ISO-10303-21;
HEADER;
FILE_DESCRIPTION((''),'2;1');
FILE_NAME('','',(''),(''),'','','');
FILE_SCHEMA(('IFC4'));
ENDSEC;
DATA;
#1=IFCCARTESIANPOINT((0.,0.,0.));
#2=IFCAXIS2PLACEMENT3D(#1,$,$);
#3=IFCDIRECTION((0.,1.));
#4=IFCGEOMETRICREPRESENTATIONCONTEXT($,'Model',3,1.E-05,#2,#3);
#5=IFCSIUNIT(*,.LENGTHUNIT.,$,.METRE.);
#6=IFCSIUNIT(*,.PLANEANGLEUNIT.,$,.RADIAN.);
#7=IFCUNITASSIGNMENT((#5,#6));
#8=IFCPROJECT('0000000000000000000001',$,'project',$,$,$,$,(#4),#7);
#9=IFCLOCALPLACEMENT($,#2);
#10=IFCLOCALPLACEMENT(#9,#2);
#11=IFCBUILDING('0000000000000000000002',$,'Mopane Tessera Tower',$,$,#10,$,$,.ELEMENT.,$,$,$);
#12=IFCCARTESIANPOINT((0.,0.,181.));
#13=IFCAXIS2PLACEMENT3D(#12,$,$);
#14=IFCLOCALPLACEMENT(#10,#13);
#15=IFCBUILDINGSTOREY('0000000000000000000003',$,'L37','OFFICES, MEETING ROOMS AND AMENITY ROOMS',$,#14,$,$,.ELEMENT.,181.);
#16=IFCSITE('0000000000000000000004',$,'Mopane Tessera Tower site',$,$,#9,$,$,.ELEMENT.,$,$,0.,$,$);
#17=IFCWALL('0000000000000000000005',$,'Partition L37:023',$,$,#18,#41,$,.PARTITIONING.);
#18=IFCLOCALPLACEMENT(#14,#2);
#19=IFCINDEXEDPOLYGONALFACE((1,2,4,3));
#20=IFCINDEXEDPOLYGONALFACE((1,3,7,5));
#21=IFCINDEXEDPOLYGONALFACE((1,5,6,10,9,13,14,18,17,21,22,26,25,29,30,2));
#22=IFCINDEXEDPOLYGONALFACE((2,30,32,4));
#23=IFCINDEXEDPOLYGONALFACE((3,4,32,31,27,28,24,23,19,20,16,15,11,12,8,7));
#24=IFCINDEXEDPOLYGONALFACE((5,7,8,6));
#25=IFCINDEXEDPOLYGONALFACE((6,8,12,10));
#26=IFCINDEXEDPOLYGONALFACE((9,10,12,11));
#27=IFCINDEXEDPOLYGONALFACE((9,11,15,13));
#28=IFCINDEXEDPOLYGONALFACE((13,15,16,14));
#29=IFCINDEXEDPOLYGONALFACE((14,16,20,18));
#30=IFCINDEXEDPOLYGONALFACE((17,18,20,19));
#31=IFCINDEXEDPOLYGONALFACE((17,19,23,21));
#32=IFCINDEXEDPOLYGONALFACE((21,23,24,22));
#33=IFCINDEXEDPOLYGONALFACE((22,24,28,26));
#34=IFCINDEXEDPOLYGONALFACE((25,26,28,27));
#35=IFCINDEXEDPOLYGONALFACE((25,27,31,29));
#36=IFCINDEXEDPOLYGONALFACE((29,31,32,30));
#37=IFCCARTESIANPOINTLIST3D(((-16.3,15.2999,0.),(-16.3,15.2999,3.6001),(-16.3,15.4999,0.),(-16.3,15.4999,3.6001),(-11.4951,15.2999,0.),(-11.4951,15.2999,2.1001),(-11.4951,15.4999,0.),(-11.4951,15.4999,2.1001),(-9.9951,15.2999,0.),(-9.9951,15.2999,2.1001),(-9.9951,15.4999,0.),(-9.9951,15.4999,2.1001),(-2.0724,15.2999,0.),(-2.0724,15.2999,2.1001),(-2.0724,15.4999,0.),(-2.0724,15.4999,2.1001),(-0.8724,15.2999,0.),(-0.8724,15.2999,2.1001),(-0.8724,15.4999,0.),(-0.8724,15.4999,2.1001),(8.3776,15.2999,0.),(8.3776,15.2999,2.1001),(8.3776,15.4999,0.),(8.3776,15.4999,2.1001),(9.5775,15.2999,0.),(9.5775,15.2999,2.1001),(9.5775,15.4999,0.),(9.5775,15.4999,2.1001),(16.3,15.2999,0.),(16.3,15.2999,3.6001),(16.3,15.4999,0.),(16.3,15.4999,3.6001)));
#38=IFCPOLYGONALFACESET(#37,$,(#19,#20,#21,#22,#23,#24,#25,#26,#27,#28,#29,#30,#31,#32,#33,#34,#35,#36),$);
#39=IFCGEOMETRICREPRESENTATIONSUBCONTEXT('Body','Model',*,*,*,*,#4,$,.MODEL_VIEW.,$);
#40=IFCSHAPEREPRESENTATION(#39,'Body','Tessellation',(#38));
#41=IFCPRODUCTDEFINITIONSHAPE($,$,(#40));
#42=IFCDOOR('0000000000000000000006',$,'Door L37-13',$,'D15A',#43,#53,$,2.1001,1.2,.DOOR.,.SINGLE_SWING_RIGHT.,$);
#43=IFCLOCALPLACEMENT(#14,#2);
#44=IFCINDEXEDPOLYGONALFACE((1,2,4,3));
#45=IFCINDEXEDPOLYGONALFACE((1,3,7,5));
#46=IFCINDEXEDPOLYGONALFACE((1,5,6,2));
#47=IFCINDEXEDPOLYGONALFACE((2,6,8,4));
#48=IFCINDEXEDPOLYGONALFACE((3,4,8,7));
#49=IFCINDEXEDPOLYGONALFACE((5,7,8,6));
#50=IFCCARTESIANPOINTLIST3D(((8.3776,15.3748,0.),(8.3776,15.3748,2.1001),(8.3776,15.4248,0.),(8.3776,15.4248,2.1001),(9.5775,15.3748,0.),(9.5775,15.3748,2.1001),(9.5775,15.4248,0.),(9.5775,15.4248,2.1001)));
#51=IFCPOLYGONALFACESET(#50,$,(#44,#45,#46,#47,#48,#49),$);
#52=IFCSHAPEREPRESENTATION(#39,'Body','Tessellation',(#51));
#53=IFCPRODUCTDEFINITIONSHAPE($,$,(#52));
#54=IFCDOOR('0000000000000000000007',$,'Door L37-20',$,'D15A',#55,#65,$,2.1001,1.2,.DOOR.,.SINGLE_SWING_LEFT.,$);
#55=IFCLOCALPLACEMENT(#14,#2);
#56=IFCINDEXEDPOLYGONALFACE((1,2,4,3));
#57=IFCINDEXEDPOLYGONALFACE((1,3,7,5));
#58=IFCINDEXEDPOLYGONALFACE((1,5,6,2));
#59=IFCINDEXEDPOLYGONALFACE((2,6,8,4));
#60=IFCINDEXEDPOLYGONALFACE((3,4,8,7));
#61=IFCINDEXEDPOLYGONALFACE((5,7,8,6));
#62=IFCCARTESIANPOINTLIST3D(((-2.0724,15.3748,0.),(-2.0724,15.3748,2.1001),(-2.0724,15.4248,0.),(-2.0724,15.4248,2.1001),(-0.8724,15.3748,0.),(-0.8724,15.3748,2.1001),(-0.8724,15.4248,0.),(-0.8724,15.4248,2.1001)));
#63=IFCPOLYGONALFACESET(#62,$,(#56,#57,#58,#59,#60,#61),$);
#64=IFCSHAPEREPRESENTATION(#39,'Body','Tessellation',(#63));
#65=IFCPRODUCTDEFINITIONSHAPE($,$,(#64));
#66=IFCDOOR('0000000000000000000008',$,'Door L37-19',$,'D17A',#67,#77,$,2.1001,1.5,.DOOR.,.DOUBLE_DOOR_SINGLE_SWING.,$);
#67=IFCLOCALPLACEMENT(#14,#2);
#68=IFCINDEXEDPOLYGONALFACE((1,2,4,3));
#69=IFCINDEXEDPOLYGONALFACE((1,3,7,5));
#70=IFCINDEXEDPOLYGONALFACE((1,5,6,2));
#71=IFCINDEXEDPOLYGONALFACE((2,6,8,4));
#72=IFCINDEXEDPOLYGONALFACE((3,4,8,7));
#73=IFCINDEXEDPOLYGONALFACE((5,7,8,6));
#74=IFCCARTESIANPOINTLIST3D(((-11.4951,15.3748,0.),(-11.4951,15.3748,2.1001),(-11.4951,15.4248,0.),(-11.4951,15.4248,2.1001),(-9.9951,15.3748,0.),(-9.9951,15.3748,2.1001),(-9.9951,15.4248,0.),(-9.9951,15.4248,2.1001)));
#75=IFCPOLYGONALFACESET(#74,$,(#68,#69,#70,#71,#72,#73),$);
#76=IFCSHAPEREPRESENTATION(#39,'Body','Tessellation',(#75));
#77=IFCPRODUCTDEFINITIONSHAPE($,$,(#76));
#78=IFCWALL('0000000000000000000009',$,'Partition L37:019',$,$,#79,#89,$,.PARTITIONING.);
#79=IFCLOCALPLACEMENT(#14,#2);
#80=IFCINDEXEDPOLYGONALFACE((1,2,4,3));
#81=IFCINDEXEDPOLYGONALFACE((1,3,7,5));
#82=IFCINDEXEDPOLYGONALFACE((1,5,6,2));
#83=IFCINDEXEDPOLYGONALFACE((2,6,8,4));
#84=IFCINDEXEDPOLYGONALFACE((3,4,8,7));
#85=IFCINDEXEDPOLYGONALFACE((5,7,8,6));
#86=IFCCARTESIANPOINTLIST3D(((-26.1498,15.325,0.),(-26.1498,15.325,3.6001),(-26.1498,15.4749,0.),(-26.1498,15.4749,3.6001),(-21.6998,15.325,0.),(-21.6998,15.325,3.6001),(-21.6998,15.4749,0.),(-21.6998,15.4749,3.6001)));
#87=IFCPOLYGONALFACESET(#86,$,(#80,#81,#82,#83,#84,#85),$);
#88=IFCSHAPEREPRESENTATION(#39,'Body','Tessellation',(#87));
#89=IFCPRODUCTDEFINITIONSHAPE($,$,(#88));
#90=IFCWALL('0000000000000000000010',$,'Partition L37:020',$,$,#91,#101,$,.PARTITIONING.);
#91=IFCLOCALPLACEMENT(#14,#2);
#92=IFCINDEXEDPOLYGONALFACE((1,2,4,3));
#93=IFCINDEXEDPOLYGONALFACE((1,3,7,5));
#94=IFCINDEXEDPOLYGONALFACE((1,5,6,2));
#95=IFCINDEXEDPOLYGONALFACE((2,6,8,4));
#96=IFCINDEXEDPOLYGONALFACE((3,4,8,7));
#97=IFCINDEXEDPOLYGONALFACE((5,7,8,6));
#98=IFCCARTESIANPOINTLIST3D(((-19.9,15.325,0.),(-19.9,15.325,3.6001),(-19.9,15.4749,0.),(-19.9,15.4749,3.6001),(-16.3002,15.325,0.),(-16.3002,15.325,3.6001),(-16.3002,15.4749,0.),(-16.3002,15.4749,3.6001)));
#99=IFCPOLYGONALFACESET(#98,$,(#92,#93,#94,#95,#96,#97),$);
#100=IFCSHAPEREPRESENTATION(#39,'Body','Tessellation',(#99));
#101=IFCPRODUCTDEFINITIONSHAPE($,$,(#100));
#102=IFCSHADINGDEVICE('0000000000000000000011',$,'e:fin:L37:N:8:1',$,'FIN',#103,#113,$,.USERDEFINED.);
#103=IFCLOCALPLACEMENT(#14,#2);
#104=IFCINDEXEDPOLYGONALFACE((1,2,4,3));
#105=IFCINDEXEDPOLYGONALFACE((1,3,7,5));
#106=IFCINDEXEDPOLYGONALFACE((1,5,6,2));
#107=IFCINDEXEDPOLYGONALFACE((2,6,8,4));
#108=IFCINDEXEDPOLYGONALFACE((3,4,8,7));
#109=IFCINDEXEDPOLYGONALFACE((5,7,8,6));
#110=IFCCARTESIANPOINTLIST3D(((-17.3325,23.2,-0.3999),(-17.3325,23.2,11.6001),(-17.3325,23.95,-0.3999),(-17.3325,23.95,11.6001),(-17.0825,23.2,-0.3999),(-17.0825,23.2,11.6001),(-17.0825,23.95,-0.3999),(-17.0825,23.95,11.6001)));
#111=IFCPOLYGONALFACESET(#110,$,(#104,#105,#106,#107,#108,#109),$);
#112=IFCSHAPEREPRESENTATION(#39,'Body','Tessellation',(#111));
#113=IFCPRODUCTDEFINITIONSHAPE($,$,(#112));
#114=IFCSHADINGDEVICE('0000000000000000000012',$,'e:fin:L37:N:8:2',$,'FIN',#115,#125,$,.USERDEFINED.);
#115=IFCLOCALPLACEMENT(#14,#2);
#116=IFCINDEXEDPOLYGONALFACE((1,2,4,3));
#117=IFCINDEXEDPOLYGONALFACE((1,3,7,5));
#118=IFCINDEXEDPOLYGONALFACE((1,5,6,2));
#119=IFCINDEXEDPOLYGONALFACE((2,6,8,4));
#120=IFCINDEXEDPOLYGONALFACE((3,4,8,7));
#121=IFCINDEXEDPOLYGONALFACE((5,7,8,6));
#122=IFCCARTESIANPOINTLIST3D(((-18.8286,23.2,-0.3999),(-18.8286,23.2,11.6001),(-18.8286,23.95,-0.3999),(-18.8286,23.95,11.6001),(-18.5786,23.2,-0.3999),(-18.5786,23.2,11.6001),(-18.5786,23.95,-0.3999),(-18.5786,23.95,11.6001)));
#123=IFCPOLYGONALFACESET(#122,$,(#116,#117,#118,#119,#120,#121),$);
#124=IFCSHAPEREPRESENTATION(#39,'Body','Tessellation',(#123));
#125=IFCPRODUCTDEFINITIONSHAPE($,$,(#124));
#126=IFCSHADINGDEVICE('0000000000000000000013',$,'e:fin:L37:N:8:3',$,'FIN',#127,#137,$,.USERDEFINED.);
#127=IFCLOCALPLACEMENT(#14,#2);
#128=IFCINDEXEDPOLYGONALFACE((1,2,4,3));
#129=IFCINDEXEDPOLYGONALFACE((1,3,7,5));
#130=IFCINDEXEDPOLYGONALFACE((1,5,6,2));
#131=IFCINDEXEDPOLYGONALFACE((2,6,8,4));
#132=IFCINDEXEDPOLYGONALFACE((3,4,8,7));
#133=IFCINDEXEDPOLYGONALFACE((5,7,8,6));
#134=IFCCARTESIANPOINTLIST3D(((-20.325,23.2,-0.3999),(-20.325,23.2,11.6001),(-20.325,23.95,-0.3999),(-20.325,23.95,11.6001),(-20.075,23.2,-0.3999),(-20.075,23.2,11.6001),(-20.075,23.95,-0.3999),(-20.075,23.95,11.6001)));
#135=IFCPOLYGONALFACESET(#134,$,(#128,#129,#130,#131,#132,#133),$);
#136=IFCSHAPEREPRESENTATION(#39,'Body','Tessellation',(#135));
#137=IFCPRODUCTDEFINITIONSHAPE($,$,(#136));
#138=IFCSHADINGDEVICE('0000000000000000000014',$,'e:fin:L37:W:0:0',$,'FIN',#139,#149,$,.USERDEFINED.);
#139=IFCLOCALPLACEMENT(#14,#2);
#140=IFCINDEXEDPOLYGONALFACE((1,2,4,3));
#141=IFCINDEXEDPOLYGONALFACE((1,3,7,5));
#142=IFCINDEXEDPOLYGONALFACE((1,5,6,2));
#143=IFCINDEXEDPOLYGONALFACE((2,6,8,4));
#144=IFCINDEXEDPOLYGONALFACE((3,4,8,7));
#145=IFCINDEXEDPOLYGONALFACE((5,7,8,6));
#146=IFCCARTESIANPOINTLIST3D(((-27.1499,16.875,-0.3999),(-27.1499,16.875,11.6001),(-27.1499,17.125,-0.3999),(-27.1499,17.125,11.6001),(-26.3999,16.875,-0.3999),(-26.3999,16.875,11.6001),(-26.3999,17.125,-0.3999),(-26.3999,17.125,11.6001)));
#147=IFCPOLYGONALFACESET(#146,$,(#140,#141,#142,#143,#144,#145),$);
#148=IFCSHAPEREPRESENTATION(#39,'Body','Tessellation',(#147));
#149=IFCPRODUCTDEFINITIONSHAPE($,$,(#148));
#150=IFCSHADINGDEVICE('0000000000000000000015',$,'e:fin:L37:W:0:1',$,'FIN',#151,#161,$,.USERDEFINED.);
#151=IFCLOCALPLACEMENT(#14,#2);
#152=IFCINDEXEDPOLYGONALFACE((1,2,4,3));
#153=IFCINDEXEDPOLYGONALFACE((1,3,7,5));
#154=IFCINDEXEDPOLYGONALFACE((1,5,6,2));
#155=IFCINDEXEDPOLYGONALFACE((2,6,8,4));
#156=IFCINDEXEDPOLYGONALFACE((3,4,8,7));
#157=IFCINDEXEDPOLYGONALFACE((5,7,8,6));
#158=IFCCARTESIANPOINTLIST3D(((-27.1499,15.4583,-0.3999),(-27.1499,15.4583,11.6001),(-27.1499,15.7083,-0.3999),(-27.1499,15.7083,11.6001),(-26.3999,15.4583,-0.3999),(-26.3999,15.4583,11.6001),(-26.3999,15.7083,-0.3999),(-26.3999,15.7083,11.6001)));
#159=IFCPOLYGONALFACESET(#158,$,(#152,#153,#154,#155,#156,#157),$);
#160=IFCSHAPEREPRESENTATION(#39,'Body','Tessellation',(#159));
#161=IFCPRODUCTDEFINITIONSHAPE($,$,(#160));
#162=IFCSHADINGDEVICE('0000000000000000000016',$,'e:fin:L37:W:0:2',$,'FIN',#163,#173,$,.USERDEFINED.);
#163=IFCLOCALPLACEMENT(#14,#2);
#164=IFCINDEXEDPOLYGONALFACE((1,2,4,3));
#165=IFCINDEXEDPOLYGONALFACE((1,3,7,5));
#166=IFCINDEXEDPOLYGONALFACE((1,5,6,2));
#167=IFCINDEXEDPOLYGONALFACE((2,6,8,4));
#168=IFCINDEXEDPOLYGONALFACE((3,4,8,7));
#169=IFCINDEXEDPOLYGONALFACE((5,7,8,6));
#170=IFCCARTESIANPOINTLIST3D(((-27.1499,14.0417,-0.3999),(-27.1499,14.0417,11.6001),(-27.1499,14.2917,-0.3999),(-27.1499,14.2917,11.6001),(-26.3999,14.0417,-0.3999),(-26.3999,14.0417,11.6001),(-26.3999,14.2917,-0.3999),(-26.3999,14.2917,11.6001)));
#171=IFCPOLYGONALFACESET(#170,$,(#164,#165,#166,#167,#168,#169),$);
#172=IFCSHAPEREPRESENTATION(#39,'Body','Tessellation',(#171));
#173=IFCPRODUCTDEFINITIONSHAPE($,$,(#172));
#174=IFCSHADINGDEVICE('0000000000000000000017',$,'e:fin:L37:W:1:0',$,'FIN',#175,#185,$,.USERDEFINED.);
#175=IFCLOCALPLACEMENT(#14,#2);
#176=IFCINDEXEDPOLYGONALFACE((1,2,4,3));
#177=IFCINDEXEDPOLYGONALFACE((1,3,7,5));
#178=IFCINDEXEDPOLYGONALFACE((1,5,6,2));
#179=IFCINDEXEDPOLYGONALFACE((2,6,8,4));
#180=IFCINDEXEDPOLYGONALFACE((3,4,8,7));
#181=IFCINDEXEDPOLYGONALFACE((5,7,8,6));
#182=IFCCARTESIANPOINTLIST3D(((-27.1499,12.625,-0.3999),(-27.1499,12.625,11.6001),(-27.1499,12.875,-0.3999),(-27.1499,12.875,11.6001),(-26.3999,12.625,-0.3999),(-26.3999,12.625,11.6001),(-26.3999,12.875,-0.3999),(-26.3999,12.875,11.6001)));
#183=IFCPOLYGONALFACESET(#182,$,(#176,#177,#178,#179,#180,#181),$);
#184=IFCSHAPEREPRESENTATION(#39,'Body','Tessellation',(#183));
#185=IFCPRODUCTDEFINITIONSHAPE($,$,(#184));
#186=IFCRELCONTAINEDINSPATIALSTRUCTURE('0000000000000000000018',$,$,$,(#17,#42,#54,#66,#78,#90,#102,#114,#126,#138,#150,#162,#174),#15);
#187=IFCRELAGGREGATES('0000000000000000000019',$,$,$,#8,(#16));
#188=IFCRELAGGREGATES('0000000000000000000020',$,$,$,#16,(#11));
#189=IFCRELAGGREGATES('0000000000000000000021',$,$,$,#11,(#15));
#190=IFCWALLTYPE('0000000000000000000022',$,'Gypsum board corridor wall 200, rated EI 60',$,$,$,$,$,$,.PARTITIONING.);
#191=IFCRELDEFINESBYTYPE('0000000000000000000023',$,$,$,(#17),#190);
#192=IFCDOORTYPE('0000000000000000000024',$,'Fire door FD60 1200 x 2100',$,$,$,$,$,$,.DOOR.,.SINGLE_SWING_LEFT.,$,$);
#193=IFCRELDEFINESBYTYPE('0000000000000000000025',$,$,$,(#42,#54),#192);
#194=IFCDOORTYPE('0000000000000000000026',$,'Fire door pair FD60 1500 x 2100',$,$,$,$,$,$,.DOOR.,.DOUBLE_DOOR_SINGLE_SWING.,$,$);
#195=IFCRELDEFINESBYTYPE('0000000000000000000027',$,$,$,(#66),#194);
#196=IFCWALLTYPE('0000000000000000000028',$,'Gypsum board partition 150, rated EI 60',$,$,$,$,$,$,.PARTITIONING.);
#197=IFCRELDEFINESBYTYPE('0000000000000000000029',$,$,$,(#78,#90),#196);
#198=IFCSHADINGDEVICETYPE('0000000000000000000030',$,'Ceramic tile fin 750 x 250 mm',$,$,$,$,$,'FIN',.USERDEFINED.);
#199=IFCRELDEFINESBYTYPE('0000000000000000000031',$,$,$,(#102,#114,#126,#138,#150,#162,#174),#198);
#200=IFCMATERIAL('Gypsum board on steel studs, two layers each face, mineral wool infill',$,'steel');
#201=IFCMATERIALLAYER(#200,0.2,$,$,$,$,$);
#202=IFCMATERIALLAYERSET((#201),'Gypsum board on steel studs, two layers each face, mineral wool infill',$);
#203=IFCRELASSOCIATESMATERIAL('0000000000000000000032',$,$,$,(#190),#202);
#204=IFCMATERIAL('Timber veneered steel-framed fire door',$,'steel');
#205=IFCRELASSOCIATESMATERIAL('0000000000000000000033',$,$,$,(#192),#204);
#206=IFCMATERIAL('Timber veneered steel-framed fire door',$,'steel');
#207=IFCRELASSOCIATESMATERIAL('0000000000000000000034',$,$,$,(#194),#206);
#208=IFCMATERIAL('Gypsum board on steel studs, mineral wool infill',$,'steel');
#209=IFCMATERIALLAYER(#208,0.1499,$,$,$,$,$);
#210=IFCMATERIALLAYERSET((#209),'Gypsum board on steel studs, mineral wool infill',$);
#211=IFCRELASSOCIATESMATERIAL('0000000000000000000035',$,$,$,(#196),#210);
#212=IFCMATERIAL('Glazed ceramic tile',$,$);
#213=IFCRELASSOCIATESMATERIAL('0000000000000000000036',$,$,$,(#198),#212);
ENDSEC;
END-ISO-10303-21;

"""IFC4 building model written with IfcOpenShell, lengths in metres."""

from ifc_helpers import new_model, si_unit, direction, frame, frame_2d, origin, origin_2d, place, context, subcontext, project, spatial, rectangle, extrude, material, layer, layer_set, type_object, element, fill, save


model = new_model("IFC4")

# Units and contexts
model_context = context("Model", 3, precision=1e-05, world=origin(), true_north=direction((0.0, 1.0)))
body_context = subcontext(model_context, "Body", "Model", "MODEL_VIEW")
ifc_project = project(units=[si_unit("LENGTHUNIT", "METRE"), si_unit("PLANEANGLEUNIT", "RADIAN")], contexts=[model_context])

# Site, building, storey
site_placement = place(None, origin())
site = spatial("IfcSite", under=ifc_project, at=site_placement, Name="Mopane Tessera Tower site", CompositionType="ELEMENT", RefElevation=0.0)
building_placement = place(site_placement, origin())
building = spatial("IfcBuilding", under=site, at=building_placement, Name="Mopane Tessera Tower", CompositionType="ELEMENT")
storey_placement = place(building_placement, frame((0.0, 0.0, 181.0)))
storey = spatial("IfcBuildingStorey", under=building, at=storey_placement, Name="L37", Description="OFFICES, MEETING ROOMS AND AMENITY ROOMS", CompositionType="ELEMENT", Elevation=181.0)

# Shared definitions
ifc_material_1 = material(Name="Gypsum board on steel studs, two layers each face, mineral wool infill", Category="steel")
ifc_layer_1 = layer(ifc_material_1, 0.2)
ifc_layer_set_1 = layer_set([ifc_layer_1], Name="Gypsum board on steel studs, two layers each face, mineral wool infill")
wall_type_1 = type_object("IfcWallType", Name="Gypsum board corridor wall 200, rated EI 60", PredefinedType="PARTITIONING", material=ifc_layer_set_1)

# Wall, openings, doors
wall_1_placement = place(storey_placement, frame((-16.3, 15.3999, 0.0), z_axis=(0.0, 0.0, 1.0), x_axis=(1.0, 0.0, 0.0)))
wall_1 = element("IfcWall", 1, at=wall_1_placement, inside=storey, type_object=wall_type_1, Name="Partition L37:023", PredefinedType="PARTITIONING", context=body_context, shape_type="SweptSolid", body=[
    extrude(rectangle(XDim=32.6001, YDim=0.2, at=frame_2d((16.3, 0.0))), origin(), (0.0, 0.0, 1.0), 3.6001),
])
opening_1_placement = place(wall_1_placement, frame((24.6775, 0.0, 0.0)))
opening_1 = element("IfcOpeningElement", 2, at=opening_1_placement, cuts=wall_1, PredefinedType="OPENING", context=body_context, shape_type="SweptSolid", body=[
    extrude(rectangle(XDim=1.2, YDim=2.1001, at=frame_2d((0.6001, 1.05))), frame((0.0, 0.1121, 0.0), z_axis=(0.0, -1.0, 0.0), x_axis=(1.0, 0.0, 0.0)), (0.0, 0.0, 1.0), 0.2239),
])
opening_2_placement = place(wall_1_placement, frame((4.8049, 0.0, 0.0)))
opening_2 = element("IfcOpeningElement", 3, at=opening_2_placement, cuts=wall_1, PredefinedType="OPENING", context=body_context, shape_type="SweptSolid", body=[
    extrude(rectangle(XDim=1.5, YDim=2.1001, at=frame_2d((0.75, 1.05))), frame((0.0, 0.1121, 0.0), z_axis=(0.0, -1.0, 0.0), x_axis=(1.0, 0.0, 0.0)), (0.0, 0.0, 1.0), 0.2239),
])
opening_3_placement = place(wall_1_placement, frame((14.2275, 0.0, 0.0)))
opening_3 = element("IfcOpeningElement", 4, at=opening_3_placement, cuts=wall_1, PredefinedType="OPENING", context=body_context, shape_type="SweptSolid", body=[
    extrude(rectangle(XDim=1.2, YDim=2.1001, at=frame_2d((0.6001, 1.05))), frame((0.0, 0.1121, 0.0), z_axis=(0.0, -1.0, 0.0), x_axis=(1.0, 0.0, 0.0)), (0.0, 0.0, 1.0), 0.2239),
])
ifc_material_2 = material(Name="Timber veneered steel-framed fire door", Category="steel")
door_type_1 = type_object("IfcDoorType", Name="Fire door FD60 1200 x 2100", OperationType="SINGLE_SWING_LEFT", PredefinedType="DOOR", material=ifc_material_2)
door_1_placement = place(opening_1_placement, origin())
door_1 = element("IfcDoor", 5, at=door_1_placement, inside=storey, type_object=door_type_1, Name="Door L37-13", ObjectType="D15A", OperationType="SINGLE_SWING_RIGHT", OverallHeight=2.1001, OverallWidth=1.2, PredefinedType="DOOR", context=body_context, shape_type="SweptSolid", body=[
    extrude(rectangle(XDim=1.2, YDim=2.1001, at=frame_2d((0.6001, 1.05))), frame((0.0, 0.0249, 0.0), z_axis=(0.0, -1.0, 0.0), x_axis=(1.0, 0.0, 0.0)), (0.0, 0.0, 1.0), 0.05),
])
fill(opening_1, door_1)
door_2_placement = place(opening_3_placement, origin())
door_2 = element("IfcDoor", 6, at=door_2_placement, inside=storey, type_object=door_type_1, Name="Door L37-20", ObjectType="D15A", OperationType="SINGLE_SWING_LEFT", OverallHeight=2.1001, OverallWidth=1.2, PredefinedType="DOOR", context=body_context, shape_type="SweptSolid", body=[
    extrude(rectangle(XDim=1.2, YDim=2.1001, at=frame_2d((0.6001, 1.05))), frame((0.0, 0.0249, 0.0), z_axis=(0.0, -1.0, 0.0), x_axis=(1.0, 0.0, 0.0)), (0.0, 0.0, 1.0), 0.05),
])
fill(opening_3, door_2)
ifc_material_3 = material(Name="Timber veneered steel-framed fire door", Category="steel")
door_type_2 = type_object("IfcDoorType", Name="Fire door pair FD60 1500 x 2100", OperationType="DOUBLE_DOOR_SINGLE_SWING", PredefinedType="DOOR", material=ifc_material_3)
door_3_placement = place(opening_2_placement, origin())
door_3 = element("IfcDoor", 7, at=door_3_placement, inside=storey, type_object=door_type_2, Name="Door L37-19", ObjectType="D17A", OperationType="DOUBLE_DOOR_SINGLE_SWING", OverallHeight=2.1001, OverallWidth=1.5, PredefinedType="DOOR", context=body_context, shape_type="SweptSolid", body=[
    extrude(rectangle(XDim=1.5, YDim=2.1001, at=frame_2d((0.75, 1.05))), frame((0.0, 0.0249, 0.0), z_axis=(0.0, -1.0, 0.0), x_axis=(1.0, 0.0, 0.0)), (0.0, 0.0, 1.0), 0.05),
])
fill(opening_2, door_3)

# Walls
ifc_material_4 = material(Name="Gypsum board on steel studs, mineral wool infill", Category="steel")
ifc_layer_2 = layer(ifc_material_4, 0.1499)
ifc_layer_set_2 = layer_set([ifc_layer_2], Name="Gypsum board on steel studs, mineral wool infill")
wall_type_2 = type_object("IfcWallType", Name="Gypsum board partition 150, rated EI 60", PredefinedType="PARTITIONING", material=ifc_layer_set_2)
wall_2_placement = place(storey_placement, frame((-26.1499, 15.3999, 0.0), z_axis=(0.0, 0.0, 1.0), x_axis=(1.0, 0.0, 0.0)))
element("IfcWall", 8, at=wall_2_placement, inside=storey, type_object=wall_type_2, Name="Partition L37:019", PredefinedType="PARTITIONING", context=body_context, shape_type="SweptSolid", body=[
    extrude(rectangle(XDim=4.45, YDim=0.1499, at=frame_2d((2.2251, 0.0))), origin(), (0.0, 0.0, 1.0), 3.6001),
])
wall_3_placement = place(storey_placement, frame((-19.8999, 15.3999, 0.0), z_axis=(0.0, 0.0, 1.0), x_axis=(1.0, 0.0, 0.0)))
element("IfcWall", 9, at=wall_3_placement, inside=storey, type_object=wall_type_2, Name="Partition L37:020", PredefinedType="PARTITIONING", context=body_context, shape_type="SweptSolid", body=[
    extrude(rectangle(XDim=3.5999, YDim=0.1499, at=frame_2d((1.7998, 0.0))), origin(), (0.0, 0.0, 1.0), 3.6001),
])

# Shading devices
ifc_material_5 = material(Name="Glazed ceramic tile")
shading_device_type = type_object("IfcShadingDeviceType", Name="Ceramic tile fin 750 x 250 mm", ElementType="FIN", PredefinedType="USERDEFINED", material=ifc_material_5)
for number, where, z_axis, x_axis, name in (
    (10, (-17.2075, 23.575, -0.3999), (0.0, 0.0, 1.0), (-1.0, 0.0, 0.0), "e:fin:L37:N:8:1"),
    (11, (-18.7036, 23.575, -0.3999), (0.0, 0.0, 1.0), (-1.0, 0.0, 0.0), "e:fin:L37:N:8:2"),
    (12, (-20.2, 23.575, -0.3999), (0.0, 0.0, 1.0), (-1.0, 0.0, 0.0), "e:fin:L37:N:8:3"),
    (13, (-26.7749, 17.0, -0.3999), (0.0, 0.0, 1.0), (0.0, -1.0, 0.0), "e:fin:L37:W:0:0"),
    (14, (-26.7749, 15.5833, -0.3999), (0.0, 0.0, 1.0), (0.0, -1.0, 0.0), "e:fin:L37:W:0:1"),
    (15, (-26.7749, 14.1667, -0.3999), (0.0, 0.0, 1.0), (0.0, -1.0, 0.0), "e:fin:L37:W:0:2"),
    (16, (-26.7749, 12.75, -0.3999), (0.0, 0.0, 1.0), (0.0, -1.0, 0.0), "e:fin:L37:W:1:0"),
):
    element("IfcShadingDevice", number, at=place(storey_placement, frame(where, z_axis=z_axis, x_axis=x_axis)), inside=storey, type_object=shading_device_type, Name=name, ObjectType="FIN", PredefinedType="USERDEFINED", context=body_context, shape_type="SweptSolid", body=[
        extrude(rectangle(XDim=0.25, YDim=0.75, at=origin_2d()), origin(), (0.0, 0.0, 1.0), 12.0),
    ])

save(model, "model.ifc")
